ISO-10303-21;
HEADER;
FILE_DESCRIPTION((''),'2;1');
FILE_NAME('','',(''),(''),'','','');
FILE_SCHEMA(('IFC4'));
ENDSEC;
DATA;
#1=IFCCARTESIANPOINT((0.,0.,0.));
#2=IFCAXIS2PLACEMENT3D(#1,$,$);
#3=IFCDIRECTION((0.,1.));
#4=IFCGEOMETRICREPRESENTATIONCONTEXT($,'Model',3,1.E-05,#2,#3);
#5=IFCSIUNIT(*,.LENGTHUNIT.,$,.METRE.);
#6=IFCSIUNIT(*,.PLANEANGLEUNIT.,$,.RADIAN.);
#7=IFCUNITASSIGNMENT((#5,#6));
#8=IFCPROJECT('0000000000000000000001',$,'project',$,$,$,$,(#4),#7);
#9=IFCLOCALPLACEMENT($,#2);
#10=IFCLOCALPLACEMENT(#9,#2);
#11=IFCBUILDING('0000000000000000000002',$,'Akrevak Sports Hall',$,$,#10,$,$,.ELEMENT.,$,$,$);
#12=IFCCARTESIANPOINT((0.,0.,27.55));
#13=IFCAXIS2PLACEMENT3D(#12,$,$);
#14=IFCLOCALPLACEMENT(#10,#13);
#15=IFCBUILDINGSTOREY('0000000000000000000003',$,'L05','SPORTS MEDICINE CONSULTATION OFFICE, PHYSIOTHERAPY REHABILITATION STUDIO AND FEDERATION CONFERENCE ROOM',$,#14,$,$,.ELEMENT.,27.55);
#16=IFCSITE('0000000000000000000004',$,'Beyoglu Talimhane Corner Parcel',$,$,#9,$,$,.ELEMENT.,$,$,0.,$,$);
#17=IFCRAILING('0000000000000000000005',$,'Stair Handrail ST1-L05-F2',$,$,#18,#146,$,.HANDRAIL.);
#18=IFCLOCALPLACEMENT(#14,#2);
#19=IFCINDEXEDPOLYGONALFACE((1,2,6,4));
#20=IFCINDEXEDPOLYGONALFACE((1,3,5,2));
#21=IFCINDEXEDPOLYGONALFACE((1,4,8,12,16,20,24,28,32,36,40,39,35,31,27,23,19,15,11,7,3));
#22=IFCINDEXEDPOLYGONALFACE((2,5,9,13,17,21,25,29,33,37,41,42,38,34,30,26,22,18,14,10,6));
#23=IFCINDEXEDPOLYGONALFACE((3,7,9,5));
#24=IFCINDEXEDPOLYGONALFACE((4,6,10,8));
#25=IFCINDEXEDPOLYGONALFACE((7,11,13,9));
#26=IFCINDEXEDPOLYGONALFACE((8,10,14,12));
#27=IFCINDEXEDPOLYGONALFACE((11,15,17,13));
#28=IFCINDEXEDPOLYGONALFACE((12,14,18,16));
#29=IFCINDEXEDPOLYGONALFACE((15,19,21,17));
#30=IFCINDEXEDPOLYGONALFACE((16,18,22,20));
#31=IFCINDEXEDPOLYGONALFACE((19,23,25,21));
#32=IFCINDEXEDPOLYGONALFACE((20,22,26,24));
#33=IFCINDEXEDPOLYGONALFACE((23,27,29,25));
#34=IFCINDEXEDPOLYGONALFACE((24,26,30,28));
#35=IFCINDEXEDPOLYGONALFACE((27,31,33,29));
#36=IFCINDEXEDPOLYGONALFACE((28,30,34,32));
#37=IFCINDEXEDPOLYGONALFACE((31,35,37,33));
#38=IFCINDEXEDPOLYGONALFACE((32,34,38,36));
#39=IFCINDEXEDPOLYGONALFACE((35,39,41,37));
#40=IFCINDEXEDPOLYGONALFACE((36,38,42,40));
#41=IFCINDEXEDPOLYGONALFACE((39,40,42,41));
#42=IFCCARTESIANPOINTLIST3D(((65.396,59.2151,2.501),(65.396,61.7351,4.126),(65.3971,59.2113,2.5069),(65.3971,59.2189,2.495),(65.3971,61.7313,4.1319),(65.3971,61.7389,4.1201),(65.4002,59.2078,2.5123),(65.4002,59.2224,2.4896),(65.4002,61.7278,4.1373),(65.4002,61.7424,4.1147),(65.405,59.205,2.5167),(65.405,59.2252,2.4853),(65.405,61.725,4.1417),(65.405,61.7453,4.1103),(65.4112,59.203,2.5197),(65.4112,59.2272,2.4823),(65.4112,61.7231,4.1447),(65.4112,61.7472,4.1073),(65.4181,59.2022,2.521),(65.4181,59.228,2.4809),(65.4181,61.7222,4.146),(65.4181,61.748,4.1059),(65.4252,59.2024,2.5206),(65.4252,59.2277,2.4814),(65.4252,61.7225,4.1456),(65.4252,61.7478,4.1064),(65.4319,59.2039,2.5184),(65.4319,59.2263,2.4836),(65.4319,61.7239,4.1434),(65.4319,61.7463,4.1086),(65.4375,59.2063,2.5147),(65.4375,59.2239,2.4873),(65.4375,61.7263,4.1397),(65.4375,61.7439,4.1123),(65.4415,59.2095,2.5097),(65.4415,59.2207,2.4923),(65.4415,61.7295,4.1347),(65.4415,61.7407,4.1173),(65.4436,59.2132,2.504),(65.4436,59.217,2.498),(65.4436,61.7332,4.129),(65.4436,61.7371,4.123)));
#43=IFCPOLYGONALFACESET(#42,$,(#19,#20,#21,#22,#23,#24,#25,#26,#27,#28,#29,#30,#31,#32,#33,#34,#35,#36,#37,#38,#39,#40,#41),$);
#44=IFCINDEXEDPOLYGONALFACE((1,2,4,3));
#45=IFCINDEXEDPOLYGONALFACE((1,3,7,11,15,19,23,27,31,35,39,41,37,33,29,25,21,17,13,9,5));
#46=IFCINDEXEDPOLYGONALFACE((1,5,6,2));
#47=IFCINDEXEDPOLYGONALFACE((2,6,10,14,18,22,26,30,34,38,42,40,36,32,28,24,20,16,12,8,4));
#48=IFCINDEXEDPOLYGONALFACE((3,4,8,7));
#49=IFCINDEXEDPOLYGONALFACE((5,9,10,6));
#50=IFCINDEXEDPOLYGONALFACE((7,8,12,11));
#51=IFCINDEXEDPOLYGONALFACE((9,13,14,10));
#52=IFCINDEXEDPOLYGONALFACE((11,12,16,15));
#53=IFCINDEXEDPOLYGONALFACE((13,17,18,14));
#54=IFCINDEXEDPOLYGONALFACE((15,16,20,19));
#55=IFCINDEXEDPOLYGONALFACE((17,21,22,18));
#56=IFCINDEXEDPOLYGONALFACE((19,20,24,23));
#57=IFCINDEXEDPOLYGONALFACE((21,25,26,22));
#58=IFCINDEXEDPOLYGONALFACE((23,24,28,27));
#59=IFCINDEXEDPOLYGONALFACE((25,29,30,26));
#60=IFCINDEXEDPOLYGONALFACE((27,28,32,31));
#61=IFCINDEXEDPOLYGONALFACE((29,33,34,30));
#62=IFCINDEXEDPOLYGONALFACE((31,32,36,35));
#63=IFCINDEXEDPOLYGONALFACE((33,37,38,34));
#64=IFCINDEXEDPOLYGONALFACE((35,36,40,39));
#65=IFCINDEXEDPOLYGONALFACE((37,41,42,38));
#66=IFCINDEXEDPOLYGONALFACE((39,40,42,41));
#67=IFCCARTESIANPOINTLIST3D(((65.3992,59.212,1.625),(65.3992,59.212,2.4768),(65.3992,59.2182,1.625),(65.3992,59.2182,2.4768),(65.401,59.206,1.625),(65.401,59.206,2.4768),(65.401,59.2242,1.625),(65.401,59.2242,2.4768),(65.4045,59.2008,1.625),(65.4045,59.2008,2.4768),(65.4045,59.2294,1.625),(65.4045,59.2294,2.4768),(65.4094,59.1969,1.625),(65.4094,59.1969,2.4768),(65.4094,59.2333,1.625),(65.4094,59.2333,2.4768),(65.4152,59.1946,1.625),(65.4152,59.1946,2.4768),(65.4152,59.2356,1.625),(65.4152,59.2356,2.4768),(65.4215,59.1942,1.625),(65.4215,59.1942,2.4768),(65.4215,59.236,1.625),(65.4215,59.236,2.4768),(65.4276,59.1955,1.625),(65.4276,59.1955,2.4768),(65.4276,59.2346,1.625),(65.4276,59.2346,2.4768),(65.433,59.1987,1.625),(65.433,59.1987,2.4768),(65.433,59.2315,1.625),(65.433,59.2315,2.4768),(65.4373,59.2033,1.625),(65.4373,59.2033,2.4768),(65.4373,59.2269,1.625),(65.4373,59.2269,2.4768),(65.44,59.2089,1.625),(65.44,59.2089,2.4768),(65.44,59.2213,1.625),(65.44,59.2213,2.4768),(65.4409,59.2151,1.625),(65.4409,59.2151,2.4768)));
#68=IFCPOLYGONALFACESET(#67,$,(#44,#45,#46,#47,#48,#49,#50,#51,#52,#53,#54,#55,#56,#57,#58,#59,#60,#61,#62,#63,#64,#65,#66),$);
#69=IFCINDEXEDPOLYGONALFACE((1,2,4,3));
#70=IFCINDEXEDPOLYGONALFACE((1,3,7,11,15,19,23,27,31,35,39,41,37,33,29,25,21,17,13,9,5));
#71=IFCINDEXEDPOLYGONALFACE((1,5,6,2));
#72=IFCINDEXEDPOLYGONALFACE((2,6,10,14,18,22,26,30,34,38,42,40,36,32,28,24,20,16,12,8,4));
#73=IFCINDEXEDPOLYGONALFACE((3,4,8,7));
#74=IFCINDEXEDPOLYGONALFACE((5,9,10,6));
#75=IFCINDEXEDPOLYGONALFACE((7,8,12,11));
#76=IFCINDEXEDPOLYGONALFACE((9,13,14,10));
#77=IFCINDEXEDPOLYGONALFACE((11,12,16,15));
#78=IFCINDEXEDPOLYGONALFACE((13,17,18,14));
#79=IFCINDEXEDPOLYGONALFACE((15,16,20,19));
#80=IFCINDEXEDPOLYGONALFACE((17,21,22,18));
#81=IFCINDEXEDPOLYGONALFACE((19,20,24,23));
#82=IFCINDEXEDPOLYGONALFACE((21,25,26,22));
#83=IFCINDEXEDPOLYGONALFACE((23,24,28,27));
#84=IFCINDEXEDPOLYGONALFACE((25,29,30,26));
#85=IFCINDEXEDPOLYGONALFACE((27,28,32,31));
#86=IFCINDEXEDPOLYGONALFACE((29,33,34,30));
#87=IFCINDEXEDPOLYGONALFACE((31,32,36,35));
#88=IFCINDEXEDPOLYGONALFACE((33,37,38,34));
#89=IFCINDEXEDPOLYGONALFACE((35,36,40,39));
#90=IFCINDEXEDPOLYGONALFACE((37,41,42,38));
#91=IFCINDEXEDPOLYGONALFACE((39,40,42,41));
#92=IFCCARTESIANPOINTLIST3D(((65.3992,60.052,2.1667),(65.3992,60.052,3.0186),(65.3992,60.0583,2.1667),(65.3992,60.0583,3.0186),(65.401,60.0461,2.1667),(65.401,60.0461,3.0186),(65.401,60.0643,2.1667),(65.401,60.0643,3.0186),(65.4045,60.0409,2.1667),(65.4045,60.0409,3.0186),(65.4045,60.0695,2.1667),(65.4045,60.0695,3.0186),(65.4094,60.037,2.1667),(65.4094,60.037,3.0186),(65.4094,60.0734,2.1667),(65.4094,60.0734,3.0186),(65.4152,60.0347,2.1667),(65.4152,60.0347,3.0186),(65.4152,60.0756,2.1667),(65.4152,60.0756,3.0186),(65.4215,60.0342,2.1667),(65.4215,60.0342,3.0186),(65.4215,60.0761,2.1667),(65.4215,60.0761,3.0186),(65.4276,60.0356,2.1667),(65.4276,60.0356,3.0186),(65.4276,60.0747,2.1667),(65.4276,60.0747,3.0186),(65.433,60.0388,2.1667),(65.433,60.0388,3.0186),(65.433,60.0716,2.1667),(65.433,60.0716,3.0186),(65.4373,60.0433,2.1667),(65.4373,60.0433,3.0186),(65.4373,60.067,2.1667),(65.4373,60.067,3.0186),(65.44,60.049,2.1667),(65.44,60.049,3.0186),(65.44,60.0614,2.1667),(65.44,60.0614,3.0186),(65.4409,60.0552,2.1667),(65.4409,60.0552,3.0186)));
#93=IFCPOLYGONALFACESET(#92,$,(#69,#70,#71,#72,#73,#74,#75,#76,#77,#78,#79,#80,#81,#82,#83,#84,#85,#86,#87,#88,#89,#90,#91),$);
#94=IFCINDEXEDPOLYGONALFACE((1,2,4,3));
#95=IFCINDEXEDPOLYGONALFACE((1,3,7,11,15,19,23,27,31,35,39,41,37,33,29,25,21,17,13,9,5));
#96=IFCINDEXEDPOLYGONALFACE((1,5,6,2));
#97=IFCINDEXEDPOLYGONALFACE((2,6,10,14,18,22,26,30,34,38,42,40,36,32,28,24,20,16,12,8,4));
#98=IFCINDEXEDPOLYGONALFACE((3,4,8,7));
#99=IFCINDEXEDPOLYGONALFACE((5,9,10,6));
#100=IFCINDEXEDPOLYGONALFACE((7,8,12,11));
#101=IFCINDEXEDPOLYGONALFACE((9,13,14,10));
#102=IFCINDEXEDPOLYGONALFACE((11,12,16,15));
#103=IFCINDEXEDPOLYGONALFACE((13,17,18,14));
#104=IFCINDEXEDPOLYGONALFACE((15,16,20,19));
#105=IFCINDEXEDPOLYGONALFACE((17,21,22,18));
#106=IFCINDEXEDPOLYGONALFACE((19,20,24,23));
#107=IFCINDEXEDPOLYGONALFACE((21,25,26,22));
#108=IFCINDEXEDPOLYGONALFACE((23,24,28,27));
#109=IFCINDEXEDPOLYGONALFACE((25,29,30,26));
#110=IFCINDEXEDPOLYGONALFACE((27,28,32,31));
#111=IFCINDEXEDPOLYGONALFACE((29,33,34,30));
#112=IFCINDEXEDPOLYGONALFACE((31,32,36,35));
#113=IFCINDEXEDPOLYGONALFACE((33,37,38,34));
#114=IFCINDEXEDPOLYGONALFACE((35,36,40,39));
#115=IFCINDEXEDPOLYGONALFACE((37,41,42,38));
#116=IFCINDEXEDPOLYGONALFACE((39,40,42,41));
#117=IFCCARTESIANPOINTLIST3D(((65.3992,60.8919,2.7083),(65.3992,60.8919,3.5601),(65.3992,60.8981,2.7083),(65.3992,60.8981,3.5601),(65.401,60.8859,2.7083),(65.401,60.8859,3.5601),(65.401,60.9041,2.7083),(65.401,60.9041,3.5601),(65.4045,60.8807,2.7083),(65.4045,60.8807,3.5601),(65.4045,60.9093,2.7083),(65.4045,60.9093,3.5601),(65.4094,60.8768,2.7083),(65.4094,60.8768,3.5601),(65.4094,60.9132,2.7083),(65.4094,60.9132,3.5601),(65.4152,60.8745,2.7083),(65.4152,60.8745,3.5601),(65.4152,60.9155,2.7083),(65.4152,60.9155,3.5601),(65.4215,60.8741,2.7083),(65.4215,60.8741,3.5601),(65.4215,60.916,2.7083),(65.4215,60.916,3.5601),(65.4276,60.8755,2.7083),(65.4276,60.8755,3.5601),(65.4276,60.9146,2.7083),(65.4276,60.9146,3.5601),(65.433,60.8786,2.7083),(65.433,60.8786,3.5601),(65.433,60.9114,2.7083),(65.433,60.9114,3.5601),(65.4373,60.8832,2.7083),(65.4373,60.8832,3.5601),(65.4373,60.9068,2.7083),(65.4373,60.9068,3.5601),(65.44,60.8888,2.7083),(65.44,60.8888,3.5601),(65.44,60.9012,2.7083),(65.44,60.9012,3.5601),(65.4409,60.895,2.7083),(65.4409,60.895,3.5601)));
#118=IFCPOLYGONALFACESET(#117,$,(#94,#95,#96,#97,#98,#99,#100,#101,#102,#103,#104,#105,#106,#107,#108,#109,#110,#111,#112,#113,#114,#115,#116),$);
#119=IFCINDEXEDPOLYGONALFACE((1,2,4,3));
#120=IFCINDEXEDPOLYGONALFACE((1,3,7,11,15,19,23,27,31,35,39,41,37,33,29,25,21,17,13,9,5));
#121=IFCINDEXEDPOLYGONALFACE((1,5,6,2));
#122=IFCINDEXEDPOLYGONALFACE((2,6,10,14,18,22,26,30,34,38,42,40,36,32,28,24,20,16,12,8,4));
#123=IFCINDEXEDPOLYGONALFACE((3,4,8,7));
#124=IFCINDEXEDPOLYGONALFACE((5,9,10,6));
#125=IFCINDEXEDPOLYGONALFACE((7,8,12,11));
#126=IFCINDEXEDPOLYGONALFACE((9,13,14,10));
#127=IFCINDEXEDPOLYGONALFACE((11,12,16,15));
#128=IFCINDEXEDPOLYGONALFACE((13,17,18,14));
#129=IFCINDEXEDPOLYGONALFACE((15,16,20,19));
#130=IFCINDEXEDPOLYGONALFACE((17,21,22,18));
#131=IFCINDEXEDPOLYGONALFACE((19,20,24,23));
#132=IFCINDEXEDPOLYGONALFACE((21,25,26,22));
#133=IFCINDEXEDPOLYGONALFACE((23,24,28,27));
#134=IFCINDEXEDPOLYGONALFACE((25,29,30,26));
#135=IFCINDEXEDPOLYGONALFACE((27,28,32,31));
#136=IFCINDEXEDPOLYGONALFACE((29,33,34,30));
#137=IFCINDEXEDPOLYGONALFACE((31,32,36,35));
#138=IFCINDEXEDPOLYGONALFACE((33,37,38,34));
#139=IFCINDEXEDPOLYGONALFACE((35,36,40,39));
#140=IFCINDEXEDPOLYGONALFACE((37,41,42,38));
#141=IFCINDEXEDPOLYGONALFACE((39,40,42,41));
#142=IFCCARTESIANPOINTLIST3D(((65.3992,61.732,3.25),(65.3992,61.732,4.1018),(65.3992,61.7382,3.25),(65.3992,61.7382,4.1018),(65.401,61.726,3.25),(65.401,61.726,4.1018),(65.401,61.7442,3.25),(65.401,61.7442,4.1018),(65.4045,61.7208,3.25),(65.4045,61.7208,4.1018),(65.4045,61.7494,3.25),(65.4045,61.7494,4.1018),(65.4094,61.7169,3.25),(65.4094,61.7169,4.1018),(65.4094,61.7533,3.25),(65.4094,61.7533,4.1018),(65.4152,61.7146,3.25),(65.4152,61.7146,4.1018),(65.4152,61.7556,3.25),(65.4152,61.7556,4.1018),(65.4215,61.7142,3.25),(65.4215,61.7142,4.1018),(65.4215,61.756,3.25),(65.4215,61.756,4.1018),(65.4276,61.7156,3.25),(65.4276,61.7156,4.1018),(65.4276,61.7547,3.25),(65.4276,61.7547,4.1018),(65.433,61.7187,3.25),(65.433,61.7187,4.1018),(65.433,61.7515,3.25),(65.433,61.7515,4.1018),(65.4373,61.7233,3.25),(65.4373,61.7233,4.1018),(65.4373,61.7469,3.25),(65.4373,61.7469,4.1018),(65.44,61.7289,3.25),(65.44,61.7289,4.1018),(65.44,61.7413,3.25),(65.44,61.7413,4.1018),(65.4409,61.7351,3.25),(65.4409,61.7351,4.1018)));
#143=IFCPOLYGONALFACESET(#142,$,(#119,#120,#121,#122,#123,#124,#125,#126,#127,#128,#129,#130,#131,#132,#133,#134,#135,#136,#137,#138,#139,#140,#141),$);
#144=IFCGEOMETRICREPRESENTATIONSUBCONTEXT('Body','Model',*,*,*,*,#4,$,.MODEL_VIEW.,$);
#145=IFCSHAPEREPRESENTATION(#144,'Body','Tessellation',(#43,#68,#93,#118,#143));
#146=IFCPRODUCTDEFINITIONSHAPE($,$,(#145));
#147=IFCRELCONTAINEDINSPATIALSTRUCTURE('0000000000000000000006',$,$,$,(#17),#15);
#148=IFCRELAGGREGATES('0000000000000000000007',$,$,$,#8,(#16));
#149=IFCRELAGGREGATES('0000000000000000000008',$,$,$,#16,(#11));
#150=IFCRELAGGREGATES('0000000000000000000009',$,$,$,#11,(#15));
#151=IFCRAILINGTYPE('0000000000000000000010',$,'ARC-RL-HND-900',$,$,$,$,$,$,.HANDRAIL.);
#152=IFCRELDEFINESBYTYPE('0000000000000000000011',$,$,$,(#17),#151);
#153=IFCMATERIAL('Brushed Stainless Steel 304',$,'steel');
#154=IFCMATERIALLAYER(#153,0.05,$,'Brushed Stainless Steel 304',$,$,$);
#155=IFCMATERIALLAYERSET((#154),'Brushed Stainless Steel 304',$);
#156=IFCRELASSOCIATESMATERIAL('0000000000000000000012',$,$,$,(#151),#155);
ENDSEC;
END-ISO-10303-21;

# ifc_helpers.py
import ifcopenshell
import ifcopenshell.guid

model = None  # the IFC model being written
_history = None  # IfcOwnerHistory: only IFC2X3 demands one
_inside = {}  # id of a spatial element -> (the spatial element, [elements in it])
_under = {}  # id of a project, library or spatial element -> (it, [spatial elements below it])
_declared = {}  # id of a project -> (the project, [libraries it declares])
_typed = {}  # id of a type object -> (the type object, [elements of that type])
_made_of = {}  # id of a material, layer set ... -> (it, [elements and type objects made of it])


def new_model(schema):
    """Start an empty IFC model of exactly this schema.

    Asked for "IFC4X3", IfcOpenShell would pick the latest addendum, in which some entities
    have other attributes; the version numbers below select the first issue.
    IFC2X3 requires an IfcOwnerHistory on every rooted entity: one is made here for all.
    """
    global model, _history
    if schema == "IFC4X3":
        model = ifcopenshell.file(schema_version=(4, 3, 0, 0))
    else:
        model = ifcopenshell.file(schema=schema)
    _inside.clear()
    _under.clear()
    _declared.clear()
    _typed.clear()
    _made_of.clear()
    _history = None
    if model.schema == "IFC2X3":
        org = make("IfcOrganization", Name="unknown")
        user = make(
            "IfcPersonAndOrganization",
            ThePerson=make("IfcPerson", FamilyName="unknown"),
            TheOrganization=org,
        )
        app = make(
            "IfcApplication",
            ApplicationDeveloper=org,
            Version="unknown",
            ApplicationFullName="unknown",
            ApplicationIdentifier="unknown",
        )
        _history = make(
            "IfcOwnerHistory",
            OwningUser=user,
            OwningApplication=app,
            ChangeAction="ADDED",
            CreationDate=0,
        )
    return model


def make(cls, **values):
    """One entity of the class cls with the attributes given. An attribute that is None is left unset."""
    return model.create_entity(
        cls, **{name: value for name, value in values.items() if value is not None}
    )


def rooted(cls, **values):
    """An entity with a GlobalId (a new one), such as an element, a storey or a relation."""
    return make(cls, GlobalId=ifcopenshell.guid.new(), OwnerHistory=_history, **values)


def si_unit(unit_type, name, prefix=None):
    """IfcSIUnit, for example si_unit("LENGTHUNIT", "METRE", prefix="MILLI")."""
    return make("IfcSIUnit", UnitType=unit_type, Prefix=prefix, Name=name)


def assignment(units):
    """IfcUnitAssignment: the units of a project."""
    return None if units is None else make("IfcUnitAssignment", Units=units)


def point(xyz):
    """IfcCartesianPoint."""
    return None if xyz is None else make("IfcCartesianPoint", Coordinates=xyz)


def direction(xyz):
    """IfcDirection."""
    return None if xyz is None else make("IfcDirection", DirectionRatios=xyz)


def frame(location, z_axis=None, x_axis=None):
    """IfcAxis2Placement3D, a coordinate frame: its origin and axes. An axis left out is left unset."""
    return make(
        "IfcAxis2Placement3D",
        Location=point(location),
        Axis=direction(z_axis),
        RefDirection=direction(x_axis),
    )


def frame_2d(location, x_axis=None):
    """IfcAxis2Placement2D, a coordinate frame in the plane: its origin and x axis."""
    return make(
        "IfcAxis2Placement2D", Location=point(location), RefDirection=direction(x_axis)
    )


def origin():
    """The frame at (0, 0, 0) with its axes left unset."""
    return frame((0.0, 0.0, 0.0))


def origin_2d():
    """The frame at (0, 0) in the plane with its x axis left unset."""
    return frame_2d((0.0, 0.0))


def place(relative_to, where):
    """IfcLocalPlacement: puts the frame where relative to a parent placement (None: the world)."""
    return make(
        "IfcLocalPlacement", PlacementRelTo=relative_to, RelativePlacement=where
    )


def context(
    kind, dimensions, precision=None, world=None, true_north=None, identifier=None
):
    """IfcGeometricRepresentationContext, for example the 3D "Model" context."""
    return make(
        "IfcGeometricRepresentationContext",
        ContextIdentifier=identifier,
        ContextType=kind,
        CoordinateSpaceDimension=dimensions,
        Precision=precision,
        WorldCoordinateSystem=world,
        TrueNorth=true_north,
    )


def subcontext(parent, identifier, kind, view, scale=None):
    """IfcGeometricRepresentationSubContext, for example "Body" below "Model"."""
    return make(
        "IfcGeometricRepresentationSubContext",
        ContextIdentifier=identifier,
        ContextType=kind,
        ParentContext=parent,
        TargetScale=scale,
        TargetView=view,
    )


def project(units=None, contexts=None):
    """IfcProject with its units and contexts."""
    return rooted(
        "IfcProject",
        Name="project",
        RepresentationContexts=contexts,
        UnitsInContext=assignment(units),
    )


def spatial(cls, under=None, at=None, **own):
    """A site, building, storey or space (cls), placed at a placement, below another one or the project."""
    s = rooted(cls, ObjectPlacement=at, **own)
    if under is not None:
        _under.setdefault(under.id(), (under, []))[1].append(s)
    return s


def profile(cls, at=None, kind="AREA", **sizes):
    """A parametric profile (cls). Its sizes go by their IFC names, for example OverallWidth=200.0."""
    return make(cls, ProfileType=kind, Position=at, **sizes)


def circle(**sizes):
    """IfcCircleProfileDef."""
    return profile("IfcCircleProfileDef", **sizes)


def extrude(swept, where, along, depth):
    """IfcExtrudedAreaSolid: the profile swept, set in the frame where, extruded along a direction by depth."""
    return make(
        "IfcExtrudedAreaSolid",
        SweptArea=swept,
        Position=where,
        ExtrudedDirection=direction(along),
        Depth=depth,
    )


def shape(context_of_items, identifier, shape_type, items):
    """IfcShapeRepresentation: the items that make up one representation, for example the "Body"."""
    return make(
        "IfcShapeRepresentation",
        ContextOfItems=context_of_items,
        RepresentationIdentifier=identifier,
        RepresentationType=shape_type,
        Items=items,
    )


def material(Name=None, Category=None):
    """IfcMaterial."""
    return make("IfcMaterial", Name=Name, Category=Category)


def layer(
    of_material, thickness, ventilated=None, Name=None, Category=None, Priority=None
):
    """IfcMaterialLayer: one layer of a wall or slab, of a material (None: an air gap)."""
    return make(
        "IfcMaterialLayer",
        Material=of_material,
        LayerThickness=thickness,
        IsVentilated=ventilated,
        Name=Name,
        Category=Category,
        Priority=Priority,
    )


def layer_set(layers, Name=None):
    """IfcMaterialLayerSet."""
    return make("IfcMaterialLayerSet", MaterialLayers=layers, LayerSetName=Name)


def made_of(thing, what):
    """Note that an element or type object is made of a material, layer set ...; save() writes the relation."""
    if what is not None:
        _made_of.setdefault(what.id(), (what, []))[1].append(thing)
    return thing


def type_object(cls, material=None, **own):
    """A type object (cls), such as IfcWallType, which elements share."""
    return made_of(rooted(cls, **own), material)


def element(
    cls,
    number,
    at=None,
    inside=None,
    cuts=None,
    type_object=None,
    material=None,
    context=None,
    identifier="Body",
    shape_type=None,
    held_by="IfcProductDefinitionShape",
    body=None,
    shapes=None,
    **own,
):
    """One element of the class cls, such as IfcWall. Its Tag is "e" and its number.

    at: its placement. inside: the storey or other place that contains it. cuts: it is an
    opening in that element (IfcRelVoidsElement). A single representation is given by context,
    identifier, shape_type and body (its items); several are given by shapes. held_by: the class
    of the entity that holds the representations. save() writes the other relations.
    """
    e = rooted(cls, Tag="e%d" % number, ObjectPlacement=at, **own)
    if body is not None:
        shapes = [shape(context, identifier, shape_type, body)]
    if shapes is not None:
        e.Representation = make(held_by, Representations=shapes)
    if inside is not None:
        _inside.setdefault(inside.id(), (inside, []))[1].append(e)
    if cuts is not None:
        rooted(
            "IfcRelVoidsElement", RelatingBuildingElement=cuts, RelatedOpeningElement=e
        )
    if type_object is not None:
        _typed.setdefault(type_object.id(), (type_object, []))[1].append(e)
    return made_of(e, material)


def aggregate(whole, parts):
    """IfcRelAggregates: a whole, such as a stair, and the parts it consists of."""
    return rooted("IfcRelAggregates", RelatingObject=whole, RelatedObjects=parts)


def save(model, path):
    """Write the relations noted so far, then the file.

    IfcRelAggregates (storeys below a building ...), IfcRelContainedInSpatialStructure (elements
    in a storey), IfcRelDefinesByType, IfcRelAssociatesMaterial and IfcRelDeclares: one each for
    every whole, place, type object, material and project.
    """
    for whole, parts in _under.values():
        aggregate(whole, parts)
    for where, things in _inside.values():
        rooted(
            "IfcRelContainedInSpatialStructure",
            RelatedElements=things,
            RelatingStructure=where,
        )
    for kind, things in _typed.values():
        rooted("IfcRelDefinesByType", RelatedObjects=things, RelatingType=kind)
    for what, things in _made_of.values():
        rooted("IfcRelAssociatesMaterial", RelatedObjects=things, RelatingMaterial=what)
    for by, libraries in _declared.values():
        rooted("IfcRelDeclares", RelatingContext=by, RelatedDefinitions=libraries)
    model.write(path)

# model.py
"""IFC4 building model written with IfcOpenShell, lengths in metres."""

from ifc_helpers import new_model, si_unit, direction, frame, origin, origin_2d, place, context, subcontext, project, spatial, circle, extrude, material, layer, layer_set, type_object, element, save


model = new_model("IFC4")

# Units and contexts
model_context = context("Model", 3, precision=1e-05, world=origin(), true_north=direction((0.0, 1.0)))
body_context = subcontext(model_context, "Body", "Model", "MODEL_VIEW")
ifc_project = project(units=[si_unit("LENGTHUNIT", "METRE"), si_unit("PLANEANGLEUNIT", "RADIAN")], contexts=[model_context])

# Site, building, storey
site_placement = place(None, origin())
site = spatial("IfcSite", under=ifc_project, at=site_placement, Name="Beyoglu Talimhane Corner Parcel", CompositionType="ELEMENT", RefElevation=0.0)
building_placement = place(site_placement, origin())
building = spatial("IfcBuilding", under=site, at=building_placement, Name="Akrevak Sports Hall", CompositionType="ELEMENT")
storey_placement = place(building_placement, frame((0.0, 0.0, 27.55)))
storey = spatial("IfcBuildingStorey", under=building, at=storey_placement, Name="L05", Description="SPORTS MEDICINE CONSULTATION OFFICE, PHYSIOTHERAPY REHABILITATION STUDIO AND FEDERATION CONFERENCE ROOM", CompositionType="ELEMENT", Elevation=27.55)

# Shared definitions
ifc_material_1 = material(Name="Brushed Stainless Steel 304", Category="steel")

# Railing
ifc_layer_1 = layer(ifc_material_1, 0.05, Name="Brushed Stainless Steel 304")
ifc_layer_set_1 = layer_set([ifc_layer_1], Name="Brushed Stainless Steel 304")
railing_type_1 = type_object("IfcRailingType", Name="ARC-RL-HND-900", PredefinedType="HANDRAIL", material=ifc_layer_set_1)
railing_1_placement = place(storey_placement, frame((65.4199, 59.2151, 1.625)))
element("IfcRailing", 1, at=railing_1_placement, inside=storey, type_object=railing_type_1, Name="Stair Handrail ST1-L05-F2", PredefinedType="HANDRAIL", context=body_context, shape_type="SweptSolid", body=[
    extrude(circle(Radius=0.0239, at=origin_2d()), frame((0.0, 0.0, 0.876), z_axis=(0.0, 0.840421, 0.541934), x_axis=(-1.0, 0.0, 0.0)), (0.0, 0.0, 1.0), 2.9985),
    extrude(circle(Radius=0.021, at=origin_2d()), origin(), (0.0, 0.0, 1.0), 0.8518),
    extrude(circle(Radius=0.021, at=origin_2d()), frame((0.0, 0.8401, 0.5417)), (0.0, 0.0, 1.0), 0.8518),
    extrude(circle(Radius=0.021, at=origin_2d()), frame((0.0, 1.6799, 1.0833)), (0.0, 0.0, 1.0), 0.8518),
    extrude(circle(Radius=0.021, at=origin_2d()), frame((0.0, 2.52, 1.625)), (0.0, 0.0, 1.0), 0.8518),
])

save(model, "model.ifc")
